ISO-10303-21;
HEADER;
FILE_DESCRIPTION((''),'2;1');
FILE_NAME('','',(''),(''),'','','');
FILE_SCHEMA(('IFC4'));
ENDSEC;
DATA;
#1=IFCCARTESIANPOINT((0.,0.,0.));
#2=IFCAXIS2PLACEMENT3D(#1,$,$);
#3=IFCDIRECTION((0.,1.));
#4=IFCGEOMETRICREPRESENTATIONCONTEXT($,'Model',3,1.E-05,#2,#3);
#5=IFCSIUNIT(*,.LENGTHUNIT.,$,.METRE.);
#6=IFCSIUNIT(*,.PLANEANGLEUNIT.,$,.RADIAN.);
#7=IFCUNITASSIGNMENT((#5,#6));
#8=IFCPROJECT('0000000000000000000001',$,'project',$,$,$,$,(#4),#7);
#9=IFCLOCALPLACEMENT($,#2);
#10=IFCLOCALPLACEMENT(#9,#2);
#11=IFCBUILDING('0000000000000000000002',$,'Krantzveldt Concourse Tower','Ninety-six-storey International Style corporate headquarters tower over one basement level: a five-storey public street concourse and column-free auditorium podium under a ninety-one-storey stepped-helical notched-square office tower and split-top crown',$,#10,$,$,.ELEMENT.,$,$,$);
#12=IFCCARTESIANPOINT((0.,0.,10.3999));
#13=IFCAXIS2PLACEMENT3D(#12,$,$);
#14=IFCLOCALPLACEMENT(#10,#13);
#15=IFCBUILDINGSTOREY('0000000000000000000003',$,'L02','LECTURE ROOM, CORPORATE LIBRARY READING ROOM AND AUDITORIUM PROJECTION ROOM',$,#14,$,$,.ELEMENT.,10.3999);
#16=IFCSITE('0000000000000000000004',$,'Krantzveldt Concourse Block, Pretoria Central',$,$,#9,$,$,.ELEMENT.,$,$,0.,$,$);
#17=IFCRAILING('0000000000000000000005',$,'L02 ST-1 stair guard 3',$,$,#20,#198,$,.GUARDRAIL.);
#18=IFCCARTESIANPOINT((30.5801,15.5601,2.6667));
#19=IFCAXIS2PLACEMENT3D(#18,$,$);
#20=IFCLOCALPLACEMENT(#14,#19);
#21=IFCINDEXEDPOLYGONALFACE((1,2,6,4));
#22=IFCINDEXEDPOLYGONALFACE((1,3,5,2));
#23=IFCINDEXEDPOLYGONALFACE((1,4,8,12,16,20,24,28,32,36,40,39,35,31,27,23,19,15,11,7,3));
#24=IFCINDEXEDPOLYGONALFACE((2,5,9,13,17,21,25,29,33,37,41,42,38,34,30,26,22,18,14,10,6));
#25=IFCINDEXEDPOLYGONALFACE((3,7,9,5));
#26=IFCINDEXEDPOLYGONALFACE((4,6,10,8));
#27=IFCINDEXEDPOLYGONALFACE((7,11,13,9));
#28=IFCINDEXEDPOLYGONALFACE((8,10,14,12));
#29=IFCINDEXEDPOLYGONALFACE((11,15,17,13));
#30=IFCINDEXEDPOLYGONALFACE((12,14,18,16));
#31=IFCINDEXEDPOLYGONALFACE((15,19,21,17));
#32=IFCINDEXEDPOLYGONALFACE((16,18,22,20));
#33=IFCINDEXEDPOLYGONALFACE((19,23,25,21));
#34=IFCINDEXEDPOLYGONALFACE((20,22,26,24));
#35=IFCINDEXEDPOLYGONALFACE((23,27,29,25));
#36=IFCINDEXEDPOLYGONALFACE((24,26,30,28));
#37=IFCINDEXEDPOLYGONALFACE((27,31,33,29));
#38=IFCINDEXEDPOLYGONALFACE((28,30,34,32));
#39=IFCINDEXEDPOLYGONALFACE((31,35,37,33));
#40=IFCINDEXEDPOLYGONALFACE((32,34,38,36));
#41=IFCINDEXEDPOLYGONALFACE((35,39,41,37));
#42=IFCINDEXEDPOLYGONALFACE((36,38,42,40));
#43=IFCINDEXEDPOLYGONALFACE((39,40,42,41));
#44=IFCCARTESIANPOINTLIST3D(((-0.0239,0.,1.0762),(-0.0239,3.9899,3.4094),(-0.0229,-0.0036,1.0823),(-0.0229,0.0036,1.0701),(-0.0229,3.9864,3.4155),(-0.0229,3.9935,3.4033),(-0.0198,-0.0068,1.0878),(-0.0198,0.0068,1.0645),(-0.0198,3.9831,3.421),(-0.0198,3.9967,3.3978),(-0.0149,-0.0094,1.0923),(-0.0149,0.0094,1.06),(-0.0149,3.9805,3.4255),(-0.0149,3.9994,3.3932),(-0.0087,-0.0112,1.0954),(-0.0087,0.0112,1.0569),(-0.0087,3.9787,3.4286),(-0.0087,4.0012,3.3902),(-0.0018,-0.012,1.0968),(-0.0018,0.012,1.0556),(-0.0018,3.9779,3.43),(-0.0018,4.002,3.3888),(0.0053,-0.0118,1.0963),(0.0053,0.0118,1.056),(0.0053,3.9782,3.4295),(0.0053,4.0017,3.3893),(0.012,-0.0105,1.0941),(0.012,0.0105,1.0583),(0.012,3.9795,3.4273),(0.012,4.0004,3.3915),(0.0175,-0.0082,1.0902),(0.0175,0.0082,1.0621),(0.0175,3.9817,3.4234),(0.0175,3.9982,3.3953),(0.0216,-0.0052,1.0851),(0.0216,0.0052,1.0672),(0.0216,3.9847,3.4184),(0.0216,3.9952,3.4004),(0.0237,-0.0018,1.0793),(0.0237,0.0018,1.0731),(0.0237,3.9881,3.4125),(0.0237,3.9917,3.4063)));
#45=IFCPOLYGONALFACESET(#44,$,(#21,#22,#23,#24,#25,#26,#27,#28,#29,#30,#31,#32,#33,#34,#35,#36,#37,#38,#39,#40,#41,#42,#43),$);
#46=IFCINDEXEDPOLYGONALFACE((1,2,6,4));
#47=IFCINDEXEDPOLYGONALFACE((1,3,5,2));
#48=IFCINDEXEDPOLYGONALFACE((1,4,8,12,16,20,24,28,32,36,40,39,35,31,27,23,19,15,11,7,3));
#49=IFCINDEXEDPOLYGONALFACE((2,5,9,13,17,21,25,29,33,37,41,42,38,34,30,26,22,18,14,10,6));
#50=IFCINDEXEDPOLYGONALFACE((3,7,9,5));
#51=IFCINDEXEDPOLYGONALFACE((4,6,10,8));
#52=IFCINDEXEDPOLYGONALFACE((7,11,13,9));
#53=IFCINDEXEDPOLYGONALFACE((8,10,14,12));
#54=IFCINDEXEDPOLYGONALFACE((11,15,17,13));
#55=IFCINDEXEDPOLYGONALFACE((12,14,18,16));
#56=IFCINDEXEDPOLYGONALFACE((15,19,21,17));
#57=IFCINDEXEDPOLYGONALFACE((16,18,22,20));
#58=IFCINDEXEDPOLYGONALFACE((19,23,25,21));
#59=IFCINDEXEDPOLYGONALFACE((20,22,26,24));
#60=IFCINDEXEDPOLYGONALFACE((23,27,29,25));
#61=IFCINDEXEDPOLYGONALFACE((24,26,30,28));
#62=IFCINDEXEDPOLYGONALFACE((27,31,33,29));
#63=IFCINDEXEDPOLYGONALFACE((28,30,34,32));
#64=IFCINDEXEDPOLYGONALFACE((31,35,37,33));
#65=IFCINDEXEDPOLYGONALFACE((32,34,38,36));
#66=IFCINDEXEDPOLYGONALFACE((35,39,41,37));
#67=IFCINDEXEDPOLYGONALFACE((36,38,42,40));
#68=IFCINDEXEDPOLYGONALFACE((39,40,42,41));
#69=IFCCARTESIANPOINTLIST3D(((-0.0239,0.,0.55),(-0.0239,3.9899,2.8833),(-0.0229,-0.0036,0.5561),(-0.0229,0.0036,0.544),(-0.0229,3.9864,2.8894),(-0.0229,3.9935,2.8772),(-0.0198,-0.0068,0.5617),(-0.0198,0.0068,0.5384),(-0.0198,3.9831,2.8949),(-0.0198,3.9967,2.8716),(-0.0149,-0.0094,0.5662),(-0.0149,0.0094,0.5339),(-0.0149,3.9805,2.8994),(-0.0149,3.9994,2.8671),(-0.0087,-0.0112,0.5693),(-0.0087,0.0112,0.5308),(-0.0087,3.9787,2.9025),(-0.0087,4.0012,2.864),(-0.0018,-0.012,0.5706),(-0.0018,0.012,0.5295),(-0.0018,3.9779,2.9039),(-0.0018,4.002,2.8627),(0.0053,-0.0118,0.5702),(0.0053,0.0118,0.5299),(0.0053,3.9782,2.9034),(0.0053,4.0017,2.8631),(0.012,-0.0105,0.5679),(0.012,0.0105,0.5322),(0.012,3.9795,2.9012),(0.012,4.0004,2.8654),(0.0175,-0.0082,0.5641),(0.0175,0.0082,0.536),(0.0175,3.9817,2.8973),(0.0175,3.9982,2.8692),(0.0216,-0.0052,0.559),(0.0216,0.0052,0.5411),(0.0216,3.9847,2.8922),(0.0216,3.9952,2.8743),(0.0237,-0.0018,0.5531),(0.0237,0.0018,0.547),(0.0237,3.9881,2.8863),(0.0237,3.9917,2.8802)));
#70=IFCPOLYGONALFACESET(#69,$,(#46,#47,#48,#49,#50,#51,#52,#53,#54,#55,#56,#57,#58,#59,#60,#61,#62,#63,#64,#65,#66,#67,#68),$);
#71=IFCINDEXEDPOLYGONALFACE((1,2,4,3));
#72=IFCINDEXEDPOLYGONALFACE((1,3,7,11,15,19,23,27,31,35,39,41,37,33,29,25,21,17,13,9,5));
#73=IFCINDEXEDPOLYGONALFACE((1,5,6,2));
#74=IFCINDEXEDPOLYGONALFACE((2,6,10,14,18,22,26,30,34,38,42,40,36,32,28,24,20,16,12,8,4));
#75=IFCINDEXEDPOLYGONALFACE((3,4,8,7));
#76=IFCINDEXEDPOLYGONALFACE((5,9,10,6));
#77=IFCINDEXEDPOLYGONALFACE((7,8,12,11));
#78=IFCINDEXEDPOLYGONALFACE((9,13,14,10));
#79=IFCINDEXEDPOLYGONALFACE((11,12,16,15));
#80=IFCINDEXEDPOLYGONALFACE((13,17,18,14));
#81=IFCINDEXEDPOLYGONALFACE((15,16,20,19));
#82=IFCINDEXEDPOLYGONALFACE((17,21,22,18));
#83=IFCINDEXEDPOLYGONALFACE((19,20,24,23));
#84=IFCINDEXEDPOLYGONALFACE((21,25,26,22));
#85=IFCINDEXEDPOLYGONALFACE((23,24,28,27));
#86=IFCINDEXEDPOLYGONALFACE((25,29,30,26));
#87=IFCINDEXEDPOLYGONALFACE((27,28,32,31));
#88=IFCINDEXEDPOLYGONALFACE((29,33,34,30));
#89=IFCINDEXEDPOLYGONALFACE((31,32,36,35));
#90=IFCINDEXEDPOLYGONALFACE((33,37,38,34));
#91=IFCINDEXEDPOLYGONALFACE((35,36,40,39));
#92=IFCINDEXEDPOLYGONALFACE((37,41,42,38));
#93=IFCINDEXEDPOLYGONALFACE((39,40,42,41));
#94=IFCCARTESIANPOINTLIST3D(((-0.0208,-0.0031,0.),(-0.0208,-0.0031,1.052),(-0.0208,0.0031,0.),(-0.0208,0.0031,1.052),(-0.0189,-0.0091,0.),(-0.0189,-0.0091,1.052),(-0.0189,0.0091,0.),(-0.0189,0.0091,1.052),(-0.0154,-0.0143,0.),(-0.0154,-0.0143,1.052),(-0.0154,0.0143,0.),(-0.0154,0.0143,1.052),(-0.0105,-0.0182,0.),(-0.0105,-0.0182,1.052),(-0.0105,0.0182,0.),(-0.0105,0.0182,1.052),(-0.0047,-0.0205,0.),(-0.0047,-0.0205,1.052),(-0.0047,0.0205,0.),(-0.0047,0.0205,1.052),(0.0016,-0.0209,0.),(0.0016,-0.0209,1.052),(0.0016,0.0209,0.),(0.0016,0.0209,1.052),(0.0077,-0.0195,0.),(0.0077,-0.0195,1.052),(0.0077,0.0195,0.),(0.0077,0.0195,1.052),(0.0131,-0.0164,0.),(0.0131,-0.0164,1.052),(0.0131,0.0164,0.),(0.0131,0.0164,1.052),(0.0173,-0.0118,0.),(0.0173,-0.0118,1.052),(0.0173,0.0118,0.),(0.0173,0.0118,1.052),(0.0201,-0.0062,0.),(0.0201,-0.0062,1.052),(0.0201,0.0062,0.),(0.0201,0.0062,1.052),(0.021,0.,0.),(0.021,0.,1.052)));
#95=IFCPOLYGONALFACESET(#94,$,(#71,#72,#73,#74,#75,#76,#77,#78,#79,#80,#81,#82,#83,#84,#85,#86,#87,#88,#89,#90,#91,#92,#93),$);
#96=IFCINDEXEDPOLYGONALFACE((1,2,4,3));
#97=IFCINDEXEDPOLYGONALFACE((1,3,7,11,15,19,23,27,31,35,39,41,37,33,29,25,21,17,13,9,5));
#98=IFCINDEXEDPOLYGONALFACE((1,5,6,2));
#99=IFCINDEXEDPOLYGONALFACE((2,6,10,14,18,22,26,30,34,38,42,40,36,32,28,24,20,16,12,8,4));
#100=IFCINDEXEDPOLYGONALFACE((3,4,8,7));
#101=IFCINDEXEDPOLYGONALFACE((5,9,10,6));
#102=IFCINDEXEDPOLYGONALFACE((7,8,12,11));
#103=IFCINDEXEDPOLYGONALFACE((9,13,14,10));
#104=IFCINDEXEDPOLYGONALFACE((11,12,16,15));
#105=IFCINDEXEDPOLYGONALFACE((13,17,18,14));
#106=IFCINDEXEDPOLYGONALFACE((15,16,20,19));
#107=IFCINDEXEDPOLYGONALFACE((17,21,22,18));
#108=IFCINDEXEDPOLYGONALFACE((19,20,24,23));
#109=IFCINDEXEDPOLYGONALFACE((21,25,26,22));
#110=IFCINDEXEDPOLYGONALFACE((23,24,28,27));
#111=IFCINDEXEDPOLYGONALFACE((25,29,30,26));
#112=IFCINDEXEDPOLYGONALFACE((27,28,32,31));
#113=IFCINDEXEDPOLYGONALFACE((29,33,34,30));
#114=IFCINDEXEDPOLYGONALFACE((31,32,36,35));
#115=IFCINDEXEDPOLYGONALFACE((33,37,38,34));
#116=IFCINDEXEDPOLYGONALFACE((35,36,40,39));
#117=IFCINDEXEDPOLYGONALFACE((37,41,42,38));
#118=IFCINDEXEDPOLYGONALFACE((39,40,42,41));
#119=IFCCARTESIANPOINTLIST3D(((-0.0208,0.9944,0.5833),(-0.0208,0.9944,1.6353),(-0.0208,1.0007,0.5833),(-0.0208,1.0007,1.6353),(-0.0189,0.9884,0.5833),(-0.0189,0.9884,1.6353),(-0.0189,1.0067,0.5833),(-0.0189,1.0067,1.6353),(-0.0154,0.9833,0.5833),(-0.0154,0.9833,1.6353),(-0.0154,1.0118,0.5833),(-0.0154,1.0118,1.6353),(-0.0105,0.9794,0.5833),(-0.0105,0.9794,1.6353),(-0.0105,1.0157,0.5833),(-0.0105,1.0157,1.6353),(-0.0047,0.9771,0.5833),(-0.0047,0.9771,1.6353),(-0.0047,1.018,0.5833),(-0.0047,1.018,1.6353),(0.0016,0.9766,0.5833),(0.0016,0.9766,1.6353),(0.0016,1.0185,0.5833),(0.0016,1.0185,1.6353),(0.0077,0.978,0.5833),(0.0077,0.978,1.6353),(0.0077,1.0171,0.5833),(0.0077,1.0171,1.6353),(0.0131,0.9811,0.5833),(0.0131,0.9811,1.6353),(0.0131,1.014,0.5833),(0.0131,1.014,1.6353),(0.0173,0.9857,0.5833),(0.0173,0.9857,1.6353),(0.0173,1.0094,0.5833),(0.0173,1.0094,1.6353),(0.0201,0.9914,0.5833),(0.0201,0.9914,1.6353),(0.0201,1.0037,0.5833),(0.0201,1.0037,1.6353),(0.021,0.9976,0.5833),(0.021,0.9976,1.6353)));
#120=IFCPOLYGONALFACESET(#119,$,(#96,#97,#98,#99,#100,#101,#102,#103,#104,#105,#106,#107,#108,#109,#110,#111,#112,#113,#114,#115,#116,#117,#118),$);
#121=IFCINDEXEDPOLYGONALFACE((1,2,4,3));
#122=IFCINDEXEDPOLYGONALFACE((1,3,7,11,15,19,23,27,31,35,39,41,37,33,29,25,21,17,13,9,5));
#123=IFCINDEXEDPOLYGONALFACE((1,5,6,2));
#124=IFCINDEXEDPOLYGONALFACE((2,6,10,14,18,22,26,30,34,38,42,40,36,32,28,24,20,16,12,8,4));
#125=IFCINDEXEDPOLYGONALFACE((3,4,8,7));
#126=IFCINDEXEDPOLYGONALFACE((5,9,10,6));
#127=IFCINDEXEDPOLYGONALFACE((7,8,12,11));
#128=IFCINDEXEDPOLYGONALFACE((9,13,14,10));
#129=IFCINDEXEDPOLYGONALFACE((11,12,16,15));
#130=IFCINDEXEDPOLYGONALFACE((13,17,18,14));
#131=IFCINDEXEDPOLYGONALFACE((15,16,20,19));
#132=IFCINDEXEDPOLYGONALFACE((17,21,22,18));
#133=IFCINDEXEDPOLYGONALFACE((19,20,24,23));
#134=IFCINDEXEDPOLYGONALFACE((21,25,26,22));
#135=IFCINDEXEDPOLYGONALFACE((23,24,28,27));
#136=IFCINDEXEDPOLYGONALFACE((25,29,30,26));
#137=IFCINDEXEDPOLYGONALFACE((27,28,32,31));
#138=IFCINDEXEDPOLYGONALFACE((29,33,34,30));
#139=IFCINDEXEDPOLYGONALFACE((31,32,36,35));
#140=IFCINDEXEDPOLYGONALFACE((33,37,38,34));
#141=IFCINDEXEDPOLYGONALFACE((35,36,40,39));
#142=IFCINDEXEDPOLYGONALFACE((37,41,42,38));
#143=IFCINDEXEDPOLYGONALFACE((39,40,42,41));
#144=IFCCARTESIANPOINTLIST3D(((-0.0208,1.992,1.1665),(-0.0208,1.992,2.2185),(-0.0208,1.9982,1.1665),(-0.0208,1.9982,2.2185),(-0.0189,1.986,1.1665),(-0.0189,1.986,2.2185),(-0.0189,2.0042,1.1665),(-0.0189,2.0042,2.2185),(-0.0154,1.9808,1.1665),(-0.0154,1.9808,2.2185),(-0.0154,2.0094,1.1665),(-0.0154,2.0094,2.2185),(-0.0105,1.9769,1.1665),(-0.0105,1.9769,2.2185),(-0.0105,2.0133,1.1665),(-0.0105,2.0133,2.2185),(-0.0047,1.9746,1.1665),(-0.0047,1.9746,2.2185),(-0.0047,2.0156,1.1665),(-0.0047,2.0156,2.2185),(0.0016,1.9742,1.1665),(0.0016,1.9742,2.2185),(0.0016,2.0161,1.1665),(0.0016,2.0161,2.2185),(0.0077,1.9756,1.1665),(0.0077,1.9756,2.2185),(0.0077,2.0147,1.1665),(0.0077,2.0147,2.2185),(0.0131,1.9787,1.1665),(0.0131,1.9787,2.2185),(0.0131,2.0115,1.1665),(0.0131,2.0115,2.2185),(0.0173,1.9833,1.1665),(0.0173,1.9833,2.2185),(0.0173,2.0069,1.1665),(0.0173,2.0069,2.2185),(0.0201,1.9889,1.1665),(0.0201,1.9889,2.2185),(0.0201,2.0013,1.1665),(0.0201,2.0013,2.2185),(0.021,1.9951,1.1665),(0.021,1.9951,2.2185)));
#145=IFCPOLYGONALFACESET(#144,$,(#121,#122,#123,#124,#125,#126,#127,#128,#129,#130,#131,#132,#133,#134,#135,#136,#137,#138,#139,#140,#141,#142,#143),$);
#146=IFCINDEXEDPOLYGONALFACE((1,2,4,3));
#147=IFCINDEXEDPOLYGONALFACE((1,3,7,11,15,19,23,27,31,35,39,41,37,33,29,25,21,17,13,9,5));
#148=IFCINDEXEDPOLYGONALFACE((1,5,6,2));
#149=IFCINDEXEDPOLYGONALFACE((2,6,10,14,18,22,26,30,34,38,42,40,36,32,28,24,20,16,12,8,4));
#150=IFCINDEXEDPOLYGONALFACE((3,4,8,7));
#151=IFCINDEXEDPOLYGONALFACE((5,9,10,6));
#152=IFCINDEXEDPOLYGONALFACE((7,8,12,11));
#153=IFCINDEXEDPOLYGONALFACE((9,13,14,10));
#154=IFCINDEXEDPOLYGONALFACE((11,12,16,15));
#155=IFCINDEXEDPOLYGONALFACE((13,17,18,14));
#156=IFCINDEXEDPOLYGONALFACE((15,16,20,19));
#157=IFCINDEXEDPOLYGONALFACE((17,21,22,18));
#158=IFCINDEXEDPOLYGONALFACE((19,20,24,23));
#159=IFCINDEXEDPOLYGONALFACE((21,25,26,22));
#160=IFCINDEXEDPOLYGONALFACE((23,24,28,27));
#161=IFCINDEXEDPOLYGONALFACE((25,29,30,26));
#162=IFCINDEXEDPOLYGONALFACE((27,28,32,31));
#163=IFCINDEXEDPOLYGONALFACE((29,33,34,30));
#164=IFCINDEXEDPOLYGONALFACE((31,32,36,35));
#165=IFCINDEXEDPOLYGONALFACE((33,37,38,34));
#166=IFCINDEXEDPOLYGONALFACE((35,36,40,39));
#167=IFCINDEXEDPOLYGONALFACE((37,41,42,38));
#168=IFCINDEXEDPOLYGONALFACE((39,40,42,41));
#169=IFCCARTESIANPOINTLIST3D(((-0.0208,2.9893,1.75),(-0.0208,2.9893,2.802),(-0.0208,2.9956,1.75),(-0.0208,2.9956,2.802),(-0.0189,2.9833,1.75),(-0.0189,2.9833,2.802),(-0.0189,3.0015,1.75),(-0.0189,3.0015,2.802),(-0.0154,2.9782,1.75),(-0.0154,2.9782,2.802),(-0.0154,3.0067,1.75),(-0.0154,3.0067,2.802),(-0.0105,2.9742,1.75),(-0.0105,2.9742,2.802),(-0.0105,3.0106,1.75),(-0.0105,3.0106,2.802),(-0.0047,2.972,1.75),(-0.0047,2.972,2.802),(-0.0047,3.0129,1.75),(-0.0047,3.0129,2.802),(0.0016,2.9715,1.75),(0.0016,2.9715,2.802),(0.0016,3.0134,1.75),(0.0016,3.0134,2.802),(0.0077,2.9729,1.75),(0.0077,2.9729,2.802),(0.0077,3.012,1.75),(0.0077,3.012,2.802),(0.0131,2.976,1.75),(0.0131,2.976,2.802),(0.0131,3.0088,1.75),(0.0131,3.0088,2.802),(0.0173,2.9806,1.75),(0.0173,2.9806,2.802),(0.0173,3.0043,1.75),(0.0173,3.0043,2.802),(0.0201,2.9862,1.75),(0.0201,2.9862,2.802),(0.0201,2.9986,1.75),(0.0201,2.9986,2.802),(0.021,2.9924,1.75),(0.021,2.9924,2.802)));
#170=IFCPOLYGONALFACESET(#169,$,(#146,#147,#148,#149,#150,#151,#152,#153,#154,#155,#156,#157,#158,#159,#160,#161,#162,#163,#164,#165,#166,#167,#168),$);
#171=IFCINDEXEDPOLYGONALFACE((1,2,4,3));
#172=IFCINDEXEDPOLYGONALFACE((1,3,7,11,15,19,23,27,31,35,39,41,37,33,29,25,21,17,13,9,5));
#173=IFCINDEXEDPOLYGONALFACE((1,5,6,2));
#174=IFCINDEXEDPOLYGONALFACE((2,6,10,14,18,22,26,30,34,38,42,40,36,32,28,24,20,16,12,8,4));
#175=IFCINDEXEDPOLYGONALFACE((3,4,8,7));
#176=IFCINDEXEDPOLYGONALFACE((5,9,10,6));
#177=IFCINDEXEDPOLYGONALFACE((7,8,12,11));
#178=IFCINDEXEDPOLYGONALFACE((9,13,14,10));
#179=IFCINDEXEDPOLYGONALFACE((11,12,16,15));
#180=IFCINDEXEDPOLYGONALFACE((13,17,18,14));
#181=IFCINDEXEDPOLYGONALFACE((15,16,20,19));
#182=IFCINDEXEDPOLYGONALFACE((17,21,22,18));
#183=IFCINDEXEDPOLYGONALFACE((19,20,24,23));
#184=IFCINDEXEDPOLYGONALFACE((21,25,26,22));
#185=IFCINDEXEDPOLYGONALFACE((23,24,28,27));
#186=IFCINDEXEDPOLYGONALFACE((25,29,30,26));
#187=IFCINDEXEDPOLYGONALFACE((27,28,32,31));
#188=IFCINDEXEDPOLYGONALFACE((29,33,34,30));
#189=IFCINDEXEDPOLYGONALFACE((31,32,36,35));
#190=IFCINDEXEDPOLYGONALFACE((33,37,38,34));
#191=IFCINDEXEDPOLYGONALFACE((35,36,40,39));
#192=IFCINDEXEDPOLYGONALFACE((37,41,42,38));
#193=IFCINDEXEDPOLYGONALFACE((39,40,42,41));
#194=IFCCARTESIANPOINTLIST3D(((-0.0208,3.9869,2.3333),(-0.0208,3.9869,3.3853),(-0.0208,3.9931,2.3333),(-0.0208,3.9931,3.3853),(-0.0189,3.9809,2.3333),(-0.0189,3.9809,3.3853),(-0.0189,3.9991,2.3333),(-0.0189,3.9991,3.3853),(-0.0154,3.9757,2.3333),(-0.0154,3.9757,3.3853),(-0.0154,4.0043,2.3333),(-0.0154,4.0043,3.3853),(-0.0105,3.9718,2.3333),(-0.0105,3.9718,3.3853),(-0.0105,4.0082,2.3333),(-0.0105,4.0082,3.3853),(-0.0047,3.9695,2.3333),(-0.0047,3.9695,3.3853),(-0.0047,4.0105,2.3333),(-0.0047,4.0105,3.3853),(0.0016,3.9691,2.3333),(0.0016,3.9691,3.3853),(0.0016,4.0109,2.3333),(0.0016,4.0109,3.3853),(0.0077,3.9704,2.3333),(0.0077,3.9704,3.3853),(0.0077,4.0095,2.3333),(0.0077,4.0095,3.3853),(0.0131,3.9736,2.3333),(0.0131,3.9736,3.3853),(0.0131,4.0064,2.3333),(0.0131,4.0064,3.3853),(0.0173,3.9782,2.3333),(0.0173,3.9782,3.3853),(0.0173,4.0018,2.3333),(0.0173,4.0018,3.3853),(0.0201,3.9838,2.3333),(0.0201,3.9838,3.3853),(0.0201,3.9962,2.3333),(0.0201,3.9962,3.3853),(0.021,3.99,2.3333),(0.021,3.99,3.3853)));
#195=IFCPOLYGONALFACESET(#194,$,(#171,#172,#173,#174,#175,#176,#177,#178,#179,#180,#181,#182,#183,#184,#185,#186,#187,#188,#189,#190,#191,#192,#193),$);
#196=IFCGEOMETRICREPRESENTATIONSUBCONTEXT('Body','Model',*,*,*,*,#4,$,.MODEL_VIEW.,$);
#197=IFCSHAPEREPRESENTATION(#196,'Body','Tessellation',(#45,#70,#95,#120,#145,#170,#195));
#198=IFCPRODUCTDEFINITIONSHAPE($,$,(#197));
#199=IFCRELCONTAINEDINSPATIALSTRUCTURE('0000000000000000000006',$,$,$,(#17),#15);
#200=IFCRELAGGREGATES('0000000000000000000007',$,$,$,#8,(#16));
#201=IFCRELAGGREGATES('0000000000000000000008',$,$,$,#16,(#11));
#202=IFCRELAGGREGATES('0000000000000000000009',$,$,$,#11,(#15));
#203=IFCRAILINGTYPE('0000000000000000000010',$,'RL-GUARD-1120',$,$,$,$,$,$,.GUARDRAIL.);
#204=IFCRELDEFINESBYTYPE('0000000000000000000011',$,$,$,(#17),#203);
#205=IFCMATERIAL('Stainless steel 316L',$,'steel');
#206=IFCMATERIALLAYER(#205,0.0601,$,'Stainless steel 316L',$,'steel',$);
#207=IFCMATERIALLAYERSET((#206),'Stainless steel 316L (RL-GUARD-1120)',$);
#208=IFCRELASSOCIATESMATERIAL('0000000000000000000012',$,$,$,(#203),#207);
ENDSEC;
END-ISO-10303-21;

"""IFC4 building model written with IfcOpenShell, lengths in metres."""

from ifc_helpers import new_model, si_unit, direction, frame, origin, origin_2d, place, context, subcontext, project, spatial, circle, extrude, material, layer, layer_set, type_object, element, save


model = new_model("IFC4")

# Units and contexts
model_context = context("Model", 3, precision=1e-05, world=origin(), true_north=direction((0.0, 1.0)))
body_context = subcontext(model_context, "Body", "Model", "MODEL_VIEW")
ifc_project = project(units=[si_unit("LENGTHUNIT", "METRE"), si_unit("PLANEANGLEUNIT", "RADIAN")], contexts=[model_context])

# Site, building, storey
site_placement = place(None, origin())
site = spatial("IfcSite", under=ifc_project, at=site_placement, Name="Krantzveldt Concourse Block, Pretoria Central", CompositionType="ELEMENT", RefElevation=0.0)
building_placement = place(site_placement, origin())
building = spatial("IfcBuilding", under=site, at=building_placement, Name="Krantzveldt Concourse Tower", Description="Ninety-six-storey International Style corporate headquarters tower over one basement level: a five-storey public street concourse and column-free auditorium podium under a ninety-one-storey stepped-helical notched-square office tower and split-top crown", CompositionType="ELEMENT")
storey_placement = place(building_placement, frame((0.0, 0.0, 10.3999)))
storey = spatial("IfcBuildingStorey", under=building, at=storey_placement, Name="L02", Description="LECTURE ROOM, CORPORATE LIBRARY READING ROOM AND AUDITORIUM PROJECTION ROOM", CompositionType="ELEMENT", Elevation=10.3999)

# Shared definitions
ifc_material_1 = material(Name="Stainless steel 316L", Category="steel")

# Railing
ifc_layer_1 = layer(ifc_material_1, 0.0601, Name="Stainless steel 316L", Category="steel")
ifc_layer_set_1 = layer_set([ifc_layer_1], Name="Stainless steel 316L (RL-GUARD-1120)")
railing_type_1 = type_object("IfcRailingType", Name="RL-GUARD-1120", PredefinedType="GUARDRAIL", material=ifc_layer_set_1)
railing_1_placement = place(storey_placement, frame((30.5801, 15.5601, 2.6667)))
element("IfcRailing", 1, at=railing_1_placement, inside=storey, type_object=railing_type_1, Name="L02 ST-1 stair guard 3", PredefinedType="GUARDRAIL", context=body_context, shape_type="SweptSolid", body=[
    extrude(circle(Radius=0.0239, at=origin_2d()), frame((0.0, 0.0, 1.0762), z_axis=(0.0, 0.863236, 0.5048), x_axis=(-1.0, 0.0, 0.0)), (0.0, 0.0, 1.0), 4.6221),
    extrude(circle(Radius=0.0239, at=origin_2d()), frame((0.0, 0.0, 0.55), z_axis=(0.0, 0.863236, 0.5048), x_axis=(-1.0, 0.0, 0.0)), (0.0, 0.0, 1.0), 4.6221),
    extrude(circle(Radius=0.021, at=origin_2d()), origin(), (0.0, 0.0, 1.0), 1.052),
    extrude(circle(Radius=0.021, at=origin_2d()), frame((0.0, 0.9976, 0.5833)), (0.0, 0.0, 1.0), 1.052),
    extrude(circle(Radius=0.021, at=origin_2d()), frame((0.0, 1.9951, 1.1665)), (0.0, 0.0, 1.0), 1.052),
    extrude(circle(Radius=0.021, at=origin_2d()), frame((0.0, 2.9924, 1.75)), (0.0, 0.0, 1.0), 1.052),
    extrude(circle(Radius=0.021, at=origin_2d()), frame((0.0, 3.99, 2.3333)), (0.0, 0.0, 1.0), 1.052),
])

save(model, "model.ifc")
